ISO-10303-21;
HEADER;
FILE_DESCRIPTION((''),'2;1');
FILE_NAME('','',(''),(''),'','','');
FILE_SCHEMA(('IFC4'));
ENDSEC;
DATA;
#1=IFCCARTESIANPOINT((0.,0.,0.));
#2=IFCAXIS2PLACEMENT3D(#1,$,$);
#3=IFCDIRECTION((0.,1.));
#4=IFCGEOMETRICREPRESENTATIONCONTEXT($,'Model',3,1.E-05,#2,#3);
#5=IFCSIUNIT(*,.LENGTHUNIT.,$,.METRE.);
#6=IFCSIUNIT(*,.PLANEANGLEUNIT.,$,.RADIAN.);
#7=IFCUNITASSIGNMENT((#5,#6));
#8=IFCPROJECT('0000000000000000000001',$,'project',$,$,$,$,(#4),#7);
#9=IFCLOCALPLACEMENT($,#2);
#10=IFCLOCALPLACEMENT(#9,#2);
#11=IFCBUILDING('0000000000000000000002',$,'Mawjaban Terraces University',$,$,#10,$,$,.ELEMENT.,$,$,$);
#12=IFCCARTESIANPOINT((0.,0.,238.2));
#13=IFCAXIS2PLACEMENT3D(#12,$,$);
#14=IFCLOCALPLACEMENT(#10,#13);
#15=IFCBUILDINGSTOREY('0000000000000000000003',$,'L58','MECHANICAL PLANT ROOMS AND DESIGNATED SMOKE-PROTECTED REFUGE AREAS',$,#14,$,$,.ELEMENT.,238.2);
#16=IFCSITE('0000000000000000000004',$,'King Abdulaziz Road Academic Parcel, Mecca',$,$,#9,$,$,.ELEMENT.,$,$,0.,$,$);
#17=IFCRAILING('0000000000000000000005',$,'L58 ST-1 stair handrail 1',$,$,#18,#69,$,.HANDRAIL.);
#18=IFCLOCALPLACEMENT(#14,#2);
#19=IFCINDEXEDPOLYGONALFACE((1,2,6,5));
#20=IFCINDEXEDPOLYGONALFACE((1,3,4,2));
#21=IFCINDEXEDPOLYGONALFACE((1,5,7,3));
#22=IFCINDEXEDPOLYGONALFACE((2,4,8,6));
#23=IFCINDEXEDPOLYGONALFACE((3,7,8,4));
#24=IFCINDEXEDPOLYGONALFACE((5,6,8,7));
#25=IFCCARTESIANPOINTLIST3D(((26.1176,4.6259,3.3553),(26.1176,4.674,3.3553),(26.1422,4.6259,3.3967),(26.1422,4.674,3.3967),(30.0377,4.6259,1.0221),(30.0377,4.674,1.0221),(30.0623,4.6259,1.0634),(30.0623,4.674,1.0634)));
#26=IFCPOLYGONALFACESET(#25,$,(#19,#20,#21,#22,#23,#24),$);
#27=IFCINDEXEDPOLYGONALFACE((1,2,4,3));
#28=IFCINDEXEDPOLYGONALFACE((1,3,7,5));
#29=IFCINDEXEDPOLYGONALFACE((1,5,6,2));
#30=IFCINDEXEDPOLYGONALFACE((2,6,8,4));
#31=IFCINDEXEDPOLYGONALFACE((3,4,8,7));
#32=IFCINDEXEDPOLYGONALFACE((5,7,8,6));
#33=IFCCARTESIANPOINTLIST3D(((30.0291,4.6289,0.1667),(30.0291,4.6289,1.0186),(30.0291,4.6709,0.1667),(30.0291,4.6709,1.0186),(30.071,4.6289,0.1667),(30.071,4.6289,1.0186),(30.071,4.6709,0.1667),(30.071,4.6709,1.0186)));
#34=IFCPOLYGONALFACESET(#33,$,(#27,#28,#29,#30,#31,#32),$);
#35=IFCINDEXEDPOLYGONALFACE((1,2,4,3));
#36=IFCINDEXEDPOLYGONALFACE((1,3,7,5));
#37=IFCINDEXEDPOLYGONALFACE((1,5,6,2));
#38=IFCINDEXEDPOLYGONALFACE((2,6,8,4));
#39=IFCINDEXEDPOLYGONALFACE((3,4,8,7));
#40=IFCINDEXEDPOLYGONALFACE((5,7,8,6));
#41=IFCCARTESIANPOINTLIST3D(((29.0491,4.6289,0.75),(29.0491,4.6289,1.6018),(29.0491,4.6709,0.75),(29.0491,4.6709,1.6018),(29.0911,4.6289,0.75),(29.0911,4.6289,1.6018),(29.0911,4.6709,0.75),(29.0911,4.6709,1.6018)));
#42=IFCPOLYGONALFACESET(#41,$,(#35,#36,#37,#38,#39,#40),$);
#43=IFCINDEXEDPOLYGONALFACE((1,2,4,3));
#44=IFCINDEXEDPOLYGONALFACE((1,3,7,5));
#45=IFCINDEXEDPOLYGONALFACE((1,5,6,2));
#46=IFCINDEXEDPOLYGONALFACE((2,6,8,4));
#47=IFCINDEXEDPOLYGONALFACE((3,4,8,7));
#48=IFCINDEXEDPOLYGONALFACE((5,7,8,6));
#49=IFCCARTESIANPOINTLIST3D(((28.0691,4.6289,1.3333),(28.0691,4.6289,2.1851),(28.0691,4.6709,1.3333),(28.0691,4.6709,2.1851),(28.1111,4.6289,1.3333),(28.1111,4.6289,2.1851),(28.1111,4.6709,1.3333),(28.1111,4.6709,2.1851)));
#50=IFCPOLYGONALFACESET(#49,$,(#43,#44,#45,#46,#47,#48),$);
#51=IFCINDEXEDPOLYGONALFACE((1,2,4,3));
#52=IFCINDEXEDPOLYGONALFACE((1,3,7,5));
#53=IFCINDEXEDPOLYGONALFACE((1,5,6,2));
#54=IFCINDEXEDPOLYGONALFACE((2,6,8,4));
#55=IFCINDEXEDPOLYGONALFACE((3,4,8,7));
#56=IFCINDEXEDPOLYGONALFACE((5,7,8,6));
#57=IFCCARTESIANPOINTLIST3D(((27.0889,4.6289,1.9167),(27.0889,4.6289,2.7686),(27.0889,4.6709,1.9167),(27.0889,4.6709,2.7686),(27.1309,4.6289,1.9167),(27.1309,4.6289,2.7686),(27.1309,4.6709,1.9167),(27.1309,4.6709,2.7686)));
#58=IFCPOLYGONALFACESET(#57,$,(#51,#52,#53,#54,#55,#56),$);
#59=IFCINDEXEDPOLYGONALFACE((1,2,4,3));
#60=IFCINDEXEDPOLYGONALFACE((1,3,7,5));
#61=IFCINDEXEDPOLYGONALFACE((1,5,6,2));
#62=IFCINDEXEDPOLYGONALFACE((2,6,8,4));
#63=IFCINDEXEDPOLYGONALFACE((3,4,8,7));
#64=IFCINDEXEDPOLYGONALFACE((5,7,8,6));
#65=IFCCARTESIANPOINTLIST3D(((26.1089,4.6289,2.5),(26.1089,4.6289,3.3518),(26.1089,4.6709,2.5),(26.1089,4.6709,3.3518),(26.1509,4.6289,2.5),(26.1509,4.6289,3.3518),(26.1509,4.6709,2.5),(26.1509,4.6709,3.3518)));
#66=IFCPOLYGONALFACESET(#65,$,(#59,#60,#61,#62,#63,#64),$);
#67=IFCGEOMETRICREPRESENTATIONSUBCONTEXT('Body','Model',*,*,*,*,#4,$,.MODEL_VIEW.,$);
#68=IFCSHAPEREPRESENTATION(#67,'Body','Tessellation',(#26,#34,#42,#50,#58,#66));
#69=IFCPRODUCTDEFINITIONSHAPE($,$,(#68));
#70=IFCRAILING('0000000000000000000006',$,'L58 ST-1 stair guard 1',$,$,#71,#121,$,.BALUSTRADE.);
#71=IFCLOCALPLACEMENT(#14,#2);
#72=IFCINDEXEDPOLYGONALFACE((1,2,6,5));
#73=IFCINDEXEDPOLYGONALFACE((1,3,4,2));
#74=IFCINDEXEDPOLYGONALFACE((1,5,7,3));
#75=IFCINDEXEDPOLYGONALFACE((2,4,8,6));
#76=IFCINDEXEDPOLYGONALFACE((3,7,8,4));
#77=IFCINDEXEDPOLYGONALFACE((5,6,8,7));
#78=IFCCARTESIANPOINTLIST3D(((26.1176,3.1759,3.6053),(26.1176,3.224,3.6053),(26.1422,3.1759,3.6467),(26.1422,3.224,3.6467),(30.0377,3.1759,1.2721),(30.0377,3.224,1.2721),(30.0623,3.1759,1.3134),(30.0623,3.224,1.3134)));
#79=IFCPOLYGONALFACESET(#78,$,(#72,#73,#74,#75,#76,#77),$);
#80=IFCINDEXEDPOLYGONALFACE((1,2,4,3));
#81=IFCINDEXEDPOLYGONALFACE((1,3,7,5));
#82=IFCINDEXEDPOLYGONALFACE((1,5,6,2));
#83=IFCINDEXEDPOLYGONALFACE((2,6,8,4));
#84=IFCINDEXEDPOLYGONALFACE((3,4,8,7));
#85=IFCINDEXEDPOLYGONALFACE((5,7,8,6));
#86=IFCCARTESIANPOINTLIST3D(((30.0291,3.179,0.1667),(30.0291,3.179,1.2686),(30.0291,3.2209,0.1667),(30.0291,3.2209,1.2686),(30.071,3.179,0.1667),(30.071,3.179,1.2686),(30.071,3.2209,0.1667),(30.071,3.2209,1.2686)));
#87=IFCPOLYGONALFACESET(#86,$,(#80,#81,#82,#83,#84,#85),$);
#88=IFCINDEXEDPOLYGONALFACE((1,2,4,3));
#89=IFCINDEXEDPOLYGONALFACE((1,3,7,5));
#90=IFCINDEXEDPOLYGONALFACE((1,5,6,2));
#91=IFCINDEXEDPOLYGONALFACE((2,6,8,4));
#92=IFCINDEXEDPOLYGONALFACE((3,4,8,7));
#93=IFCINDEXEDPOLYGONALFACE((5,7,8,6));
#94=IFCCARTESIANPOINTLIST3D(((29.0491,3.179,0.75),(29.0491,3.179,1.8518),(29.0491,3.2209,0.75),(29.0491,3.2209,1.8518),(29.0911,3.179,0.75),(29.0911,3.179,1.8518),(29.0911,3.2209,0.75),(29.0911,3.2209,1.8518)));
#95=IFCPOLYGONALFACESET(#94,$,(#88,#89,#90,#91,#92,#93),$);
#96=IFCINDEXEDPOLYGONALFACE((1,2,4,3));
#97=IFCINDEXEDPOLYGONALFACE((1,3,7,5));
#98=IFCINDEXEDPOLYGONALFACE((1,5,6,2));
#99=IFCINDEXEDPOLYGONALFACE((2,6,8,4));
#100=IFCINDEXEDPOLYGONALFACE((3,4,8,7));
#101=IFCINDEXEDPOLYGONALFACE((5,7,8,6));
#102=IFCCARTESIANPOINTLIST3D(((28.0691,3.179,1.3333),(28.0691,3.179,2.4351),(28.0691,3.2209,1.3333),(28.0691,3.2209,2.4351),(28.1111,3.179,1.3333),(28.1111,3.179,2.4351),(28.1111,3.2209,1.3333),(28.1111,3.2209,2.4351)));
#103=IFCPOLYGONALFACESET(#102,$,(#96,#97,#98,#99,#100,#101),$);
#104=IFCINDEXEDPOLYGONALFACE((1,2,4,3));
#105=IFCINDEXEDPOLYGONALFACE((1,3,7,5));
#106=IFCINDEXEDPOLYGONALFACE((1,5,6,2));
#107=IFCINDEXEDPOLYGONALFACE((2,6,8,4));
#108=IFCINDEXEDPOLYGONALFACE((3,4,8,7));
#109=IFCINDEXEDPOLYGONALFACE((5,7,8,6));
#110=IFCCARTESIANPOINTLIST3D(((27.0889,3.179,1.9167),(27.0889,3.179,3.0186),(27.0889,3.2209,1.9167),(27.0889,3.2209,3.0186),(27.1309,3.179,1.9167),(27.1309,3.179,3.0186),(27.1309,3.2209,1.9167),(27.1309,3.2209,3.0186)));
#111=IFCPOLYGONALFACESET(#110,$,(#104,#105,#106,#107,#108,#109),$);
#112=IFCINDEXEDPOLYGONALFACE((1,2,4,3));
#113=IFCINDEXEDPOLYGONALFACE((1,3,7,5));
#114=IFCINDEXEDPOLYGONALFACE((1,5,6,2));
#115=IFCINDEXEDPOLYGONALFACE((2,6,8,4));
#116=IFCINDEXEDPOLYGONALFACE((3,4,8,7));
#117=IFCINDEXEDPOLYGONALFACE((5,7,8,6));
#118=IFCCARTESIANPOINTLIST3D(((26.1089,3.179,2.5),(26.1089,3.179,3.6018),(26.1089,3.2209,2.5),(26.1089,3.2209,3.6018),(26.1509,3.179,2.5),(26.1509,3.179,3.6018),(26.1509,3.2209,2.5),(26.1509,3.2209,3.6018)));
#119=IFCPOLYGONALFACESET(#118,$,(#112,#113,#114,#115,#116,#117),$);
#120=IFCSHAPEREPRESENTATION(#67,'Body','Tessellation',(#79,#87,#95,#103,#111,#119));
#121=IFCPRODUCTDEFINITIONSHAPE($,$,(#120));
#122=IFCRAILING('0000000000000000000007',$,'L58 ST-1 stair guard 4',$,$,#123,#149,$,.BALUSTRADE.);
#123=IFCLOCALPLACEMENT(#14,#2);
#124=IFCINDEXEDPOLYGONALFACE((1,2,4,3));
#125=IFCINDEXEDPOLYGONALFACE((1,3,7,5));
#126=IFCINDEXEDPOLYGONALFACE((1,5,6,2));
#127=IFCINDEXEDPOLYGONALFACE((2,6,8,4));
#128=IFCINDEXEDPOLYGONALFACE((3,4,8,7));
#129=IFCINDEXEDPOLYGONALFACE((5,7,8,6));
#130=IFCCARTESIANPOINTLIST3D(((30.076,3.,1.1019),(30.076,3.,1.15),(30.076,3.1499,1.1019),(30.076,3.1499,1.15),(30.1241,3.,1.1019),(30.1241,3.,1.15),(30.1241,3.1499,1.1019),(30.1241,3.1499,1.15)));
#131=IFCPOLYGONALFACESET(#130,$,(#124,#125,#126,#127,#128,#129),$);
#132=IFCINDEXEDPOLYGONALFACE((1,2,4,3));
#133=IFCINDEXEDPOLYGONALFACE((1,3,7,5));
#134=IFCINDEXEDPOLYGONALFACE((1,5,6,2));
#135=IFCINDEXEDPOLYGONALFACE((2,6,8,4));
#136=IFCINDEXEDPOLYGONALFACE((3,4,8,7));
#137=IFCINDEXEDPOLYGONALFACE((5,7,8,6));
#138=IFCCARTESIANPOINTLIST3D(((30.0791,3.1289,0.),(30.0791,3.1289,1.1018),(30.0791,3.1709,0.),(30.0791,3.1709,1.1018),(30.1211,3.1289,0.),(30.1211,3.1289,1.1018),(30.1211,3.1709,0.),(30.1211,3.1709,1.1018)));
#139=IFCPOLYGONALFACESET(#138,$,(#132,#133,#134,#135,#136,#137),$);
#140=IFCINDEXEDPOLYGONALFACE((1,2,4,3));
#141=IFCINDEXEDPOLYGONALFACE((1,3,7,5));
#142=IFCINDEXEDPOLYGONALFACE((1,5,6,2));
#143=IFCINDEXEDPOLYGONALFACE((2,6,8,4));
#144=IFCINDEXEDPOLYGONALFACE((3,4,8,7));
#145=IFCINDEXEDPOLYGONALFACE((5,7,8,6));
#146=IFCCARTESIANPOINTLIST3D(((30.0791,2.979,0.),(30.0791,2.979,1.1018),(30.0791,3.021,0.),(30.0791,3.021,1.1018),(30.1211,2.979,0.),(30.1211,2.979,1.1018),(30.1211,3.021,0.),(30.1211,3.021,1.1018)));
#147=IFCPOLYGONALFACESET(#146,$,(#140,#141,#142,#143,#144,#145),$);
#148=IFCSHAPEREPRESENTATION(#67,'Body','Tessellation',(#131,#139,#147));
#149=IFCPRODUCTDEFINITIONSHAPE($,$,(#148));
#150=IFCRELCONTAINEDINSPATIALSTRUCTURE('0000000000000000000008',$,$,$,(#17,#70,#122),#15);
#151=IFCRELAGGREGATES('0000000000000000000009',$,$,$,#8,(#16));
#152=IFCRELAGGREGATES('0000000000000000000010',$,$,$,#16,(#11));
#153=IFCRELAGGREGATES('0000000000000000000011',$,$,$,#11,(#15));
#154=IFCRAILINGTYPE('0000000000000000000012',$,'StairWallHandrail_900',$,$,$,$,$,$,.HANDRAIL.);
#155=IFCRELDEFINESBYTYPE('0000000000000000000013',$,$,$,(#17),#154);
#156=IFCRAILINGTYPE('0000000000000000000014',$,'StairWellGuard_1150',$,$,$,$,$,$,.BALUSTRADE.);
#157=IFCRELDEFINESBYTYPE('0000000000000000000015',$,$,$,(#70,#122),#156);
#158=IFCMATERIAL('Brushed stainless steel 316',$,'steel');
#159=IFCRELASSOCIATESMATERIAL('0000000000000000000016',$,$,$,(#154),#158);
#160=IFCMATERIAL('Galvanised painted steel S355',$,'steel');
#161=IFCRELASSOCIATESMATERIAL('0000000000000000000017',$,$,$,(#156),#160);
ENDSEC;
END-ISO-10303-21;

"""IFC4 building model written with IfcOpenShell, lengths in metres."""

from ifc_helpers import new_model, si_unit, direction, frame, origin, origin_2d, place, context, subcontext, project, spatial, rectangle, extrude, material, type_object, element, save


model = new_model("IFC4")

# Units and contexts
model_context = context("Model", 3, precision=1e-05, world=origin(), true_north=direction((0.0, 1.0)))
body_context = subcontext(model_context, "Body", "Model", "MODEL_VIEW")
ifc_project = project(units=[si_unit("LENGTHUNIT", "METRE"), si_unit("PLANEANGLEUNIT", "RADIAN")], contexts=[model_context])

# Site, building, storey
site_placement = place(None, origin())
site = spatial("IfcSite", under=ifc_project, at=site_placement, Name="King Abdulaziz Road Academic Parcel, Mecca", CompositionType="ELEMENT", RefElevation=0.0)
building_placement = place(site_placement, origin())
building = spatial("IfcBuilding", under=site, at=building_placement, Name="Mawjaban Terraces University", CompositionType="ELEMENT")
storey_placement = place(building_placement, frame((0.0, 0.0, 238.2)))
storey = spatial("IfcBuildingStorey", under=building, at=storey_placement, Name="L58", Description="MECHANICAL PLANT ROOMS AND DESIGNATED SMOKE-PROTECTED REFUGE AREAS", CompositionType="ELEMENT", Elevation=238.2)

# Railings
ifc_material_1 = material(Name="Brushed stainless steel 316", Category="steel")
railing_type_1 = type_object("IfcRailingType", Name="StairWallHandrail_900", PredefinedType="HANDRAIL", material=ifc_material_1)
railing_1_placement = place(storey_placement, frame((30.05, 4.6499, 0.1667)))
element("IfcRailing", 1, at=railing_1_placement, inside=storey, type_object=railing_type_1, Name="L58 ST-1 stair handrail 1", PredefinedType="HANDRAIL", context=body_context, shape_type="SweptSolid", body=[
    extrude(rectangle(XDim=0.0481, YDim=0.0481, at=origin_2d()), frame((0.0, 0.0, 0.876), z_axis=(-0.85931, 0.0, 0.511455), x_axis=(0.0, -1.0, 0.0)), (0.0, 0.0, 1.0), 4.562),
    extrude(rectangle(XDim=0.042, YDim=0.042, at=origin_2d()), origin(), (0.0, 0.0, 1.0), 0.8518),
    extrude(rectangle(XDim=0.042, YDim=0.042, at=origin_2d()), frame((-0.98, 0.0, 0.5833)), (0.0, 0.0, 1.0), 0.8518),
    extrude(rectangle(XDim=0.042, YDim=0.042, at=origin_2d()), frame((-1.96, 0.0, 1.1665)), (0.0, 0.0, 1.0), 0.8518),
    extrude(rectangle(XDim=0.042, YDim=0.042, at=origin_2d()), frame((-2.9402, 0.0, 1.75)), (0.0, 0.0, 1.0), 0.8518),
    extrude(rectangle(XDim=0.042, YDim=0.042, at=origin_2d()), frame((-3.9202, 0.0, 2.3333)), (0.0, 0.0, 1.0), 0.8518),
])
ifc_material_2 = material(Name="Galvanised painted steel S355", Category="steel")
railing_type_2 = type_object("IfcRailingType", Name="StairWellGuard_1150", PredefinedType="BALUSTRADE", material=ifc_material_2)
railing_2_placement = place(storey_placement, frame((30.05, 3.2, 0.1667)))
element("IfcRailing", 2, at=railing_2_placement, inside=storey, type_object=railing_type_2, Name="L58 ST-1 stair guard 1", PredefinedType="BALUSTRADE", context=body_context, shape_type="SweptSolid", body=[
    extrude(rectangle(XDim=0.0481, YDim=0.0481, at=origin_2d()), frame((0.0, 0.0, 1.126), z_axis=(-0.85931, 0.0, 0.511455), x_axis=(0.0, -1.0, 0.0)), (0.0, 0.0, 1.0), 4.562),
    extrude(rectangle(XDim=0.042, YDim=0.042, at=origin_2d()), origin(), (0.0, 0.0, 1.0), 1.1018),
    extrude(rectangle(XDim=0.042, YDim=0.042, at=origin_2d()), frame((-0.98, 0.0, 0.5833)), (0.0, 0.0, 1.0), 1.1018),
    extrude(rectangle(XDim=0.042, YDim=0.042, at=origin_2d()), frame((-1.96, 0.0, 1.1665)), (0.0, 0.0, 1.0), 1.1018),
    extrude(rectangle(XDim=0.042, YDim=0.042, at=origin_2d()), frame((-2.9402, 0.0, 1.75)), (0.0, 0.0, 1.0), 1.1018),
    extrude(rectangle(XDim=0.042, YDim=0.042, at=origin_2d()), frame((-3.9202, 0.0, 2.3333)), (0.0, 0.0, 1.0), 1.1018),
])
railing_3_placement = place(storey_placement, frame((30.1001, 3.1499, 0.0)))
element("IfcRailing", 3, at=railing_3_placement, inside=storey, type_object=railing_type_2, Name="L58 ST-1 stair guard 4", PredefinedType="BALUSTRADE", context=body_context, shape_type="SweptSolid", body=[
    extrude(rectangle(XDim=0.0481, YDim=0.0481, at=origin_2d()), frame((0.0, 0.0, 1.126), z_axis=(0.0, -1.0, 0.0), x_axis=(1.0, 0.0, 0.0)), (0.0, 0.0, 1.0), 0.1499),
    extrude(rectangle(XDim=0.042, YDim=0.042, at=origin_2d()), origin(), (0.0, 0.0, 1.0), 1.1018),
    extrude(rectangle(XDim=0.042, YDim=0.042, at=origin_2d()), frame((0.0, -0.1499, 0.0)), (0.0, 0.0, 1.0), 1.1018),
])

save(model, "model.ifc")
